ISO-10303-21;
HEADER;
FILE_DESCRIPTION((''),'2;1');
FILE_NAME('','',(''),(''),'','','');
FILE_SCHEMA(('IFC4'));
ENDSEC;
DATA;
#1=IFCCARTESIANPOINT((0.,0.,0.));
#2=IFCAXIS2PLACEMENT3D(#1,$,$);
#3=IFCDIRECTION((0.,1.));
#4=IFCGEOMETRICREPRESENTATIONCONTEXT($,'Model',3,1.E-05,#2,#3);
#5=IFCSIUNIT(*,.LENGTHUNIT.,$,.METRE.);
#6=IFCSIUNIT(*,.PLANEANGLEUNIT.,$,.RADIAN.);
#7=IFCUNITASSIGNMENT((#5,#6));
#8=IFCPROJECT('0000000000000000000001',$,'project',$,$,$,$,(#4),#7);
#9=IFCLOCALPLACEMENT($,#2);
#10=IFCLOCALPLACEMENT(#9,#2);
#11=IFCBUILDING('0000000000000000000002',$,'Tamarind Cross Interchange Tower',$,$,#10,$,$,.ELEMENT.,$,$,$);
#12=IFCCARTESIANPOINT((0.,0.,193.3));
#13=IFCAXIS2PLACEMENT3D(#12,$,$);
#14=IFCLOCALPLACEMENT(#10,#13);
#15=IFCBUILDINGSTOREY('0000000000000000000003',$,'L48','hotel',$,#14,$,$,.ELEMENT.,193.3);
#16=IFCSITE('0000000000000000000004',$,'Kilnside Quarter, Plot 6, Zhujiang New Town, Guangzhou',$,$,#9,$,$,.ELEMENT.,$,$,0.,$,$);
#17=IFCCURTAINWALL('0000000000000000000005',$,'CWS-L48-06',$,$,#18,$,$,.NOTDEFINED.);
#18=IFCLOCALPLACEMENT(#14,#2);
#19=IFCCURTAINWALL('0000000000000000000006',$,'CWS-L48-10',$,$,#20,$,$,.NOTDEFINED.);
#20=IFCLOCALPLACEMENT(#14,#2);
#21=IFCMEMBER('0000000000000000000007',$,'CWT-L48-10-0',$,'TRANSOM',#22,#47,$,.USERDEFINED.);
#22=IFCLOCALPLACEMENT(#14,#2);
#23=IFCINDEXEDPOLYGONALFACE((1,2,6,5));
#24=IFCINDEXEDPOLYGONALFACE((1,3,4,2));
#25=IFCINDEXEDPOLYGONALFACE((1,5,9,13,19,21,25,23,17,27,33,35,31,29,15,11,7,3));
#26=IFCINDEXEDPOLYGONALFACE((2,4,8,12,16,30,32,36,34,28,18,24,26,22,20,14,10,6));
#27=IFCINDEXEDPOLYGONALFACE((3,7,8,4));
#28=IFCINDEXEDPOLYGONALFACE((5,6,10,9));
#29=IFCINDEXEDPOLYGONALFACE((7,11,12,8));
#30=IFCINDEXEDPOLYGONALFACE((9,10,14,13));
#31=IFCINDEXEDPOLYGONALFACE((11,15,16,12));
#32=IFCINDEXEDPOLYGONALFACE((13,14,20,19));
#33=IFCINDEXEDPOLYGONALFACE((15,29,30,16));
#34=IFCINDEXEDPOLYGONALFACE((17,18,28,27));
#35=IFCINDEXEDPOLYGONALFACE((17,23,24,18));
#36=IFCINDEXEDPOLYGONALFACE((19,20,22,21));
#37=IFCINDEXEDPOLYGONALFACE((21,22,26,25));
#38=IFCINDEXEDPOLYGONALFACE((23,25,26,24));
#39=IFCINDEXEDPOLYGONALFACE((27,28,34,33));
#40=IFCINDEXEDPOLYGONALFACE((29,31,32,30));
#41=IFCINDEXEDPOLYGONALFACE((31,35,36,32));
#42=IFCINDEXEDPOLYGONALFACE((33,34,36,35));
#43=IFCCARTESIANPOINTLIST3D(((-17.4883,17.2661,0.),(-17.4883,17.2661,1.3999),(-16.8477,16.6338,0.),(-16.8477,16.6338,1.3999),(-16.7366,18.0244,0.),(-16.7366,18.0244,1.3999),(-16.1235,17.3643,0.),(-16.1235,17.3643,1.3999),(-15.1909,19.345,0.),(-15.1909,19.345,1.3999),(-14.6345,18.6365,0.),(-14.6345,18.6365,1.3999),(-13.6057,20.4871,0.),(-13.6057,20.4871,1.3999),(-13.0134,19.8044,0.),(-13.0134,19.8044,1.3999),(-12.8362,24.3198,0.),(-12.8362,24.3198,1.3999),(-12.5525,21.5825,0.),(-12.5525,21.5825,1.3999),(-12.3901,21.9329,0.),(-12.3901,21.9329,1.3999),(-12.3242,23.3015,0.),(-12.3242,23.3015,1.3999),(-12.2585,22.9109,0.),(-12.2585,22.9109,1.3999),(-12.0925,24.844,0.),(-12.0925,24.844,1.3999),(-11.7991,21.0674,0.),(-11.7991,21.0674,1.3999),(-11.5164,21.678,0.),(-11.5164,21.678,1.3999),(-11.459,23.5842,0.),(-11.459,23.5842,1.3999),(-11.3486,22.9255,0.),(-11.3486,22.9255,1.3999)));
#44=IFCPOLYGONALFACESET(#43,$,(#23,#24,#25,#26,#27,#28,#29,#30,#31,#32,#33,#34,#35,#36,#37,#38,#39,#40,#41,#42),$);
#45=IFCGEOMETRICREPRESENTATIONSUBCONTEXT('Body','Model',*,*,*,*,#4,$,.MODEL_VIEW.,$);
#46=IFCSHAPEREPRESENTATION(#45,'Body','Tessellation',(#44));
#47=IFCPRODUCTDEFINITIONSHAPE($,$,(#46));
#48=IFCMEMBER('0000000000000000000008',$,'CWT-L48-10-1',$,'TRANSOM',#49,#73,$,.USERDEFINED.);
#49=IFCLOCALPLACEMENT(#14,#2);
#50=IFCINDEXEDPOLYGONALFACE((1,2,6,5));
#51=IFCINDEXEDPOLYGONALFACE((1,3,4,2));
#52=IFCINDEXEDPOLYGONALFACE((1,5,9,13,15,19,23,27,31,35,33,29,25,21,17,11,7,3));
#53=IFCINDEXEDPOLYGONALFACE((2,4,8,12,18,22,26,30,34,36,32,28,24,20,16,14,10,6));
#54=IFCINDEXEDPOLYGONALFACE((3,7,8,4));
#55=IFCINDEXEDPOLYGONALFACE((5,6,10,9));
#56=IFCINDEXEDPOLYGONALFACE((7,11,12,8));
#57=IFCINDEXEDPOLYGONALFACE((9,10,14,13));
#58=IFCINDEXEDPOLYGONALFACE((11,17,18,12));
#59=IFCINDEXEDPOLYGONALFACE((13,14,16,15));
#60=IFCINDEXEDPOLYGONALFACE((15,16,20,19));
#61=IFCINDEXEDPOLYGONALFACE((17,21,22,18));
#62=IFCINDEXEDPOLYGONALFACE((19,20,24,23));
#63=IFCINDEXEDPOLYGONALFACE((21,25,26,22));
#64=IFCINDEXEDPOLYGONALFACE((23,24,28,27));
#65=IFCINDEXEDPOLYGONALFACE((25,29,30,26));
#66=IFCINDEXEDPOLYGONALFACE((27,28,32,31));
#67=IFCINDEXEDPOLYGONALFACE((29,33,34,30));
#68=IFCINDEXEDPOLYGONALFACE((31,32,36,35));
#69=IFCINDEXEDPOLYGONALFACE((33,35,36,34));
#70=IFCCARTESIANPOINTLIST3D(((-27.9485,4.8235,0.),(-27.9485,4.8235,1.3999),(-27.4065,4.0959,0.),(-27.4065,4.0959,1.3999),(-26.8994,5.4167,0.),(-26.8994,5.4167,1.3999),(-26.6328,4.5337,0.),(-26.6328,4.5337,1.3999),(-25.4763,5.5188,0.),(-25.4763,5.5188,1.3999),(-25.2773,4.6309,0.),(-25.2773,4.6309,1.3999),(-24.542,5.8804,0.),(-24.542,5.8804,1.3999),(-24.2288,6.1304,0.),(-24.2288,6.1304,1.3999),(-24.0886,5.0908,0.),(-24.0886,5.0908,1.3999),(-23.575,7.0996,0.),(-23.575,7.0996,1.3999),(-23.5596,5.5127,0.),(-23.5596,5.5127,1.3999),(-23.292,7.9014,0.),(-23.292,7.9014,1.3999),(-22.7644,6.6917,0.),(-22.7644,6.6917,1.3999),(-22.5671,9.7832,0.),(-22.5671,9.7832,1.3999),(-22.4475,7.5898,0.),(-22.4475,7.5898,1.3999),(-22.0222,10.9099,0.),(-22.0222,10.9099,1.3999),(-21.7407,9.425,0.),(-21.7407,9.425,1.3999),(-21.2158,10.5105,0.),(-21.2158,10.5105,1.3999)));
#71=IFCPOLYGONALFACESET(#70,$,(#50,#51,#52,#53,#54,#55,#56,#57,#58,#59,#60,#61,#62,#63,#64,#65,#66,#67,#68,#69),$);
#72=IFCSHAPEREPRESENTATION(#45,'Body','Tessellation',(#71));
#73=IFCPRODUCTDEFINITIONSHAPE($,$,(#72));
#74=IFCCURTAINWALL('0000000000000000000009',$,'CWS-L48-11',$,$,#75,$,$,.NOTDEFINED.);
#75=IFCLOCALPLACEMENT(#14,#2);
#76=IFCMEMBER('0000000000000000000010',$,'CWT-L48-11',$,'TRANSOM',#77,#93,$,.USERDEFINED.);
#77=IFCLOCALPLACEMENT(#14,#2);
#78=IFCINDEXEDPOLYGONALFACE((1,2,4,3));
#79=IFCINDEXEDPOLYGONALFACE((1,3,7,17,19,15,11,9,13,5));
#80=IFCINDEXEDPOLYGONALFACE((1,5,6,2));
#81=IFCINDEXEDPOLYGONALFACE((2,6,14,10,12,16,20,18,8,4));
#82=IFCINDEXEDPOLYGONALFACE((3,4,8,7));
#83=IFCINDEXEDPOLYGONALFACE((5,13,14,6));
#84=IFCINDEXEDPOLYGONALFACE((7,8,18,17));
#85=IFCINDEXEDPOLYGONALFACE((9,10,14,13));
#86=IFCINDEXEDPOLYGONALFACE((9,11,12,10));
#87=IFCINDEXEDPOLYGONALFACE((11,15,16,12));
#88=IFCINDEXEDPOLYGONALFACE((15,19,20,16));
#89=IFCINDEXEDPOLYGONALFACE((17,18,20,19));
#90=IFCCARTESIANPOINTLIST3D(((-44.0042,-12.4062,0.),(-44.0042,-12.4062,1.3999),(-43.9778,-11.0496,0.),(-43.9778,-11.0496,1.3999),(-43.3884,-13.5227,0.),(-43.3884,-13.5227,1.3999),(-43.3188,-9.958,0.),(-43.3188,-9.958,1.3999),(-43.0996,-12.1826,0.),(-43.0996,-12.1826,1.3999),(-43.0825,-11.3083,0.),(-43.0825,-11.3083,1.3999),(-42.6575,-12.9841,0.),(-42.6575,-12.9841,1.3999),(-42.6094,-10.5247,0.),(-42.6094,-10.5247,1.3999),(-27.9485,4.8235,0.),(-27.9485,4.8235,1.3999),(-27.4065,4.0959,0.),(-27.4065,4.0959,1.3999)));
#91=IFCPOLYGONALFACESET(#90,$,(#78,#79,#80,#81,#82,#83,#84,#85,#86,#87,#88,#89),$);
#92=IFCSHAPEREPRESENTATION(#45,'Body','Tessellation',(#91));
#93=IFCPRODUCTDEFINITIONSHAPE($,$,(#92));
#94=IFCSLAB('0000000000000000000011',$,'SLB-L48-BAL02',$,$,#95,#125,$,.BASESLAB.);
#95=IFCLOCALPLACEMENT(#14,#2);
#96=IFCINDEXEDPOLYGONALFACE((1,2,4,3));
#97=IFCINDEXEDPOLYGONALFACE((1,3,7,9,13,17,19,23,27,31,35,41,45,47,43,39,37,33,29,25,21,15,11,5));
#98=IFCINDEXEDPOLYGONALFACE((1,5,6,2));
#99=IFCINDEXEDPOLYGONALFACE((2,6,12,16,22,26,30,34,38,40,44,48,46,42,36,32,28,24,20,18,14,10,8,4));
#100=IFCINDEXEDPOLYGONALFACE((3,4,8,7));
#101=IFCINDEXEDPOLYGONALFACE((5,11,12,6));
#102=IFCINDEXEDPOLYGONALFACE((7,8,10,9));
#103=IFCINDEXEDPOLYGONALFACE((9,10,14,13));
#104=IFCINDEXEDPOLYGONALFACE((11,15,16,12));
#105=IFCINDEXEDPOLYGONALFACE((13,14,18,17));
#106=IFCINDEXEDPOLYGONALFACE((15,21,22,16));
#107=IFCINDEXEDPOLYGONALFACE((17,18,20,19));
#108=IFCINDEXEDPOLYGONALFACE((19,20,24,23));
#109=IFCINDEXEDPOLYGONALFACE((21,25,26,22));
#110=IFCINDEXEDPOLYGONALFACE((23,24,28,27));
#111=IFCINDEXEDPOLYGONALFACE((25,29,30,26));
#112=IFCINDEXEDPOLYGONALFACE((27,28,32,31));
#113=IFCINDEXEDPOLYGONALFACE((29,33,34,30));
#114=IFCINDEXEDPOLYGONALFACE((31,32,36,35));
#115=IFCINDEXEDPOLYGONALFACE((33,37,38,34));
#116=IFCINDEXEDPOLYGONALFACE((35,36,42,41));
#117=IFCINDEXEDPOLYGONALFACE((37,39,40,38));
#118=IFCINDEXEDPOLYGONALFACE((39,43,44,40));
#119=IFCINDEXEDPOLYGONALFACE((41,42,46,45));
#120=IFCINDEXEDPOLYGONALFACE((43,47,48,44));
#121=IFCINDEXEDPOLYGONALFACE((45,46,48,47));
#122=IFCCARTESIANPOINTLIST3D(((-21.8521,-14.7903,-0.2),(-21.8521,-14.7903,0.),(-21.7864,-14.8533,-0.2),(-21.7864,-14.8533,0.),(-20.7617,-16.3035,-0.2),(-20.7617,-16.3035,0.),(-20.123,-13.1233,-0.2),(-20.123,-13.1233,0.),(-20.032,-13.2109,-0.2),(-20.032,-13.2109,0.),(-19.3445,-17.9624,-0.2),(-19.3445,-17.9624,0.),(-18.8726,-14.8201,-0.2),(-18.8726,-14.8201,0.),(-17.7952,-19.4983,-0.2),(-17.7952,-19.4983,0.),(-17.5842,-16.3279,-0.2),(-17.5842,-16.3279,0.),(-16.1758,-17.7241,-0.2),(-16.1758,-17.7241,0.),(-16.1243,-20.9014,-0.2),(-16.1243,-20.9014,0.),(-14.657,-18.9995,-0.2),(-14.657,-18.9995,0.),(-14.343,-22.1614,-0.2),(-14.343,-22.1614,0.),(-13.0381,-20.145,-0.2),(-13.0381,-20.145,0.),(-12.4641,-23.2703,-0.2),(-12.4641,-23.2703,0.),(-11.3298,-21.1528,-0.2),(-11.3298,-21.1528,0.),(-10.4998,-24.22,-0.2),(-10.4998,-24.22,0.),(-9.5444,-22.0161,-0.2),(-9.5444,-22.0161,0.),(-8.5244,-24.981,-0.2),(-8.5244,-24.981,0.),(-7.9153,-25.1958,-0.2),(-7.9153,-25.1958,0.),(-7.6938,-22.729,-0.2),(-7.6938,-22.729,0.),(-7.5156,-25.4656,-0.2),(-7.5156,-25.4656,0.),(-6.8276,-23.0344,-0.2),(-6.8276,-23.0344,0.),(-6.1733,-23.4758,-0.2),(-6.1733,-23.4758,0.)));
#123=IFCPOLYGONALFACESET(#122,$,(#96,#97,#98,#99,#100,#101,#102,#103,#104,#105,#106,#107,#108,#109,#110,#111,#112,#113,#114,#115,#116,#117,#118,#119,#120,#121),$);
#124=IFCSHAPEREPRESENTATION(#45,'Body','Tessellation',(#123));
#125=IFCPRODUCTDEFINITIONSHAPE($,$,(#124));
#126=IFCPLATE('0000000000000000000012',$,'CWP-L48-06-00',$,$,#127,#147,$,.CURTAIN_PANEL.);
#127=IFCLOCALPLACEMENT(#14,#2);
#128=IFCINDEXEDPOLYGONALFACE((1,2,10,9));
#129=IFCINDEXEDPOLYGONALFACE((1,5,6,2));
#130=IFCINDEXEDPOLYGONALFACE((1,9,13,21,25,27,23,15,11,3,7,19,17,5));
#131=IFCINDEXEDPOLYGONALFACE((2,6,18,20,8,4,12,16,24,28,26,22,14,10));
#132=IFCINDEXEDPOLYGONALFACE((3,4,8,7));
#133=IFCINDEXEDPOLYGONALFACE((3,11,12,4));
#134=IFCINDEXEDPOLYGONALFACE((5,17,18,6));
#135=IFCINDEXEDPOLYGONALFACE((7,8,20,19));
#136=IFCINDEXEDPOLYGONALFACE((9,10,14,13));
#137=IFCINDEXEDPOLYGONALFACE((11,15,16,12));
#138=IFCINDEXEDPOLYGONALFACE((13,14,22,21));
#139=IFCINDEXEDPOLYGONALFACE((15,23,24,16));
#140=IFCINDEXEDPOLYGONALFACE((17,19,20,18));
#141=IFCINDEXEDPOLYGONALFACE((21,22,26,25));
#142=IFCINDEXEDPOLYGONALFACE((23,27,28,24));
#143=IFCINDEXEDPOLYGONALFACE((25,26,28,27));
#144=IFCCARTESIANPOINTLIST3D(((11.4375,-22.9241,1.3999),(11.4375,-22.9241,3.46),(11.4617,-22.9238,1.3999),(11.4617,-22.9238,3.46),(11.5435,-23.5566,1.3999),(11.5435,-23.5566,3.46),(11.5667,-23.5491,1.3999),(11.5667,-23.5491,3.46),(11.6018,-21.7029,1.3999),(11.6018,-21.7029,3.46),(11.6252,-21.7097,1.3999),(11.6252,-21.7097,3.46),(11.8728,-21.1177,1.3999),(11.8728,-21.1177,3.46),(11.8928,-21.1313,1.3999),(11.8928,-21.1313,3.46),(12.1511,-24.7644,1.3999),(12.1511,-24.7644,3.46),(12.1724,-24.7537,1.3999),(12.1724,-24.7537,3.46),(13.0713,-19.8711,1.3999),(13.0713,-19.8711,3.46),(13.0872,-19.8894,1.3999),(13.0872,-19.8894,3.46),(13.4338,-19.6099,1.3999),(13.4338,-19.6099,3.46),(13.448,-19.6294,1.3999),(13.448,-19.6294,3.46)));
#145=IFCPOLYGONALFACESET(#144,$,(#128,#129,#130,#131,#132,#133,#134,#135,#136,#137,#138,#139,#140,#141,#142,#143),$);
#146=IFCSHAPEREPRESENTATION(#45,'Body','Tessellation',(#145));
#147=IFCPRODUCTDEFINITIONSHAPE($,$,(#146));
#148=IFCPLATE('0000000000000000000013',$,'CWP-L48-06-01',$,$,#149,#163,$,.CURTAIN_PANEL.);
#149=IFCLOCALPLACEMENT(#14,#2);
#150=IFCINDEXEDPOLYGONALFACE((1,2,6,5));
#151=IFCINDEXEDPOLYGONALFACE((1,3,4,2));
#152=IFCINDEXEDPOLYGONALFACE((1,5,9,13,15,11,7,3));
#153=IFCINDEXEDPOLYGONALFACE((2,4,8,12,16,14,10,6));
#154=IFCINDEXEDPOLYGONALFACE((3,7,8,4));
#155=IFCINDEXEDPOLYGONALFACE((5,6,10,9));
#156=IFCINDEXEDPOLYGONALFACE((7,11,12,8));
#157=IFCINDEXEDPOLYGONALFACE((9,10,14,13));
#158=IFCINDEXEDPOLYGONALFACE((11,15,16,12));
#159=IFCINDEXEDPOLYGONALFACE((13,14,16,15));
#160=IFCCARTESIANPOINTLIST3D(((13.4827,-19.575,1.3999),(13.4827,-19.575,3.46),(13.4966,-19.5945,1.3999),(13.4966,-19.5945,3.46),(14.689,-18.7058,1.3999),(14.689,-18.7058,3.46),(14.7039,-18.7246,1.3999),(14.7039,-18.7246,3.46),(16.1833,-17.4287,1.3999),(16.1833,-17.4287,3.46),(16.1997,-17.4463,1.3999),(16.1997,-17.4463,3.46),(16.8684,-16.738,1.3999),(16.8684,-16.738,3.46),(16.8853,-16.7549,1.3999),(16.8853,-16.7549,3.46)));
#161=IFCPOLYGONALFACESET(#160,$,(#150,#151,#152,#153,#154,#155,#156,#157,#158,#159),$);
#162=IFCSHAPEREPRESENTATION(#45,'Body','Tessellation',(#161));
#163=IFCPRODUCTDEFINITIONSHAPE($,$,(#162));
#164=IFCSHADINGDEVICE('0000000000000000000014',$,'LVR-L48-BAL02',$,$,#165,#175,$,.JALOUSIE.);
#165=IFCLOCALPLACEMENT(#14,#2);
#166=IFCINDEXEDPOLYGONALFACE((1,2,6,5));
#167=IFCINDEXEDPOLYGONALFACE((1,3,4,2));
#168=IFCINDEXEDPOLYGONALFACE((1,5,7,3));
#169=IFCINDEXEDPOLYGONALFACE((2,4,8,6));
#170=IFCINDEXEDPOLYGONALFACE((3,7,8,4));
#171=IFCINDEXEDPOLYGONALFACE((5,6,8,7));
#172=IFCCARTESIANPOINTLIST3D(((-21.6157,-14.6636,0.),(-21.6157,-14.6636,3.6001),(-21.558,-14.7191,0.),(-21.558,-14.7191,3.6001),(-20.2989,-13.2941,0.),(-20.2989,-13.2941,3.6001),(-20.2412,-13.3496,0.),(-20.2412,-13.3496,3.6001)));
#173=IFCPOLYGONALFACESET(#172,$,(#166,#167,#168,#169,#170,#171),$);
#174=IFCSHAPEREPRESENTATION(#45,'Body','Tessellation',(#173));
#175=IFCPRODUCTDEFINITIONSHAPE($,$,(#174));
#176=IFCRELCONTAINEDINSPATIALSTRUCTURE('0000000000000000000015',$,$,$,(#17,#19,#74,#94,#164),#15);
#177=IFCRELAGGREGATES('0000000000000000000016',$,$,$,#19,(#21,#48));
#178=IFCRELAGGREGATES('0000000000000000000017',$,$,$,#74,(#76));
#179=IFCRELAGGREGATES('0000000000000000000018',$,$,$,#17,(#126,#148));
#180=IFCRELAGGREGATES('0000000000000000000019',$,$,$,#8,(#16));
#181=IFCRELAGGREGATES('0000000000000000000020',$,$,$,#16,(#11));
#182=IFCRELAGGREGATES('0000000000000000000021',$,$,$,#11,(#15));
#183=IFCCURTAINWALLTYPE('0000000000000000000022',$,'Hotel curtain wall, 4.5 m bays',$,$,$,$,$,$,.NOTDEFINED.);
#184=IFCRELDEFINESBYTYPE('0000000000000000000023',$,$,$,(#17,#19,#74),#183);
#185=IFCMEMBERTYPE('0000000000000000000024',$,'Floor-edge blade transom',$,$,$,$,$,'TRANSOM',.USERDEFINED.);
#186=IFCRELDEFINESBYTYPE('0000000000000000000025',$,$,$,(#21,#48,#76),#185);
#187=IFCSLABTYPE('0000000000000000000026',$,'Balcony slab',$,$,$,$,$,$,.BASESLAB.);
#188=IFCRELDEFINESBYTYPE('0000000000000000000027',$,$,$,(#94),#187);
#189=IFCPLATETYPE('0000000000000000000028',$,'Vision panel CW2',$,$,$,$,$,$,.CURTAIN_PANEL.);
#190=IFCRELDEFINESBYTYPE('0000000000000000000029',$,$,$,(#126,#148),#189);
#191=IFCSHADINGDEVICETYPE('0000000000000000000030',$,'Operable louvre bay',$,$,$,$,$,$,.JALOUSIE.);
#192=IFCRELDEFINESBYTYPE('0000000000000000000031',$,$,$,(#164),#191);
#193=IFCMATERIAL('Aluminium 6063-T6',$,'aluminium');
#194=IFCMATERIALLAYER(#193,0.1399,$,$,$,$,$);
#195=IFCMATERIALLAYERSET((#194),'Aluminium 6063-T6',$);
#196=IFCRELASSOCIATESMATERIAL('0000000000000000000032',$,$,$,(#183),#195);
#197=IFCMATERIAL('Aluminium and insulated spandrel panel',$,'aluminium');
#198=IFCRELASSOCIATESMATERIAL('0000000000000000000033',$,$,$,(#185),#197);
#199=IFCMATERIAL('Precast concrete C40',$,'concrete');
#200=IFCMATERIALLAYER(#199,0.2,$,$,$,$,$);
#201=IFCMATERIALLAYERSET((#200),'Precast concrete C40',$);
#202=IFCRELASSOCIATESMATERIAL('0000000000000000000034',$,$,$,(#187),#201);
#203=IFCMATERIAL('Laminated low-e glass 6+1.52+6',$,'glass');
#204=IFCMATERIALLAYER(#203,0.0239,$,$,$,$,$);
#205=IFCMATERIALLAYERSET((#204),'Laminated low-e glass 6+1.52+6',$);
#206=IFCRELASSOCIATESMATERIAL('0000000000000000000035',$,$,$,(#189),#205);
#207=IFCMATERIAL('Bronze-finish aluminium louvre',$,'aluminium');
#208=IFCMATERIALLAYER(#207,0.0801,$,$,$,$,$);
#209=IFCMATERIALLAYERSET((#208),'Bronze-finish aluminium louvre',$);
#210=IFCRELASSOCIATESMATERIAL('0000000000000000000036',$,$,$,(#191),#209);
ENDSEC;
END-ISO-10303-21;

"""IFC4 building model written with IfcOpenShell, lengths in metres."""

from ifc_helpers import new_model, si_unit, direction, frame, origin, origin_2d, place, context, subcontext, project, spatial, polyline, rectangle, outline, extrude, material, layer, layer_set, type_object, element, aggregate, save


model = new_model("IFC4")

# Units and contexts
model_context = context("Model", 3, precision=1e-05, world=origin(), true_north=direction((0.0, 1.0)))
body_context = subcontext(model_context, "Body", "Model", "MODEL_VIEW")
ifc_project = project(units=[si_unit("LENGTHUNIT", "METRE"), si_unit("PLANEANGLEUNIT", "RADIAN")], contexts=[model_context])

# Site, building, storey
site_placement = place(None, origin())
site = spatial("IfcSite", under=ifc_project, at=site_placement, Name="Kilnside Quarter, Plot 6, Zhujiang New Town, Guangzhou", CompositionType="ELEMENT", RefElevation=0.0)
building_placement = place(site_placement, origin())
building = spatial("IfcBuilding", under=site, at=building_placement, Name="Tamarind Cross Interchange Tower", CompositionType="ELEMENT")
storey_placement = place(building_placement, frame((0.0, 0.0, 193.3)))
storey = spatial("IfcBuildingStorey", under=building, at=storey_placement, Name="L48", Description="hotel", CompositionType="ELEMENT", Elevation=193.3)

# Shared definitions
ifc_material_1 = material(Name="Aluminium 6063-T6", Category="aluminium")
ifc_layer_1 = layer(ifc_material_1, 0.1399)
ifc_layer_set_1 = layer_set([ifc_layer_1], Name="Aluminium 6063-T6")
curtain_wall_type = type_object("IfcCurtainWallType", Name="Hotel curtain wall, 4.5 m bays", PredefinedType="NOTDEFINED", material=ifc_layer_set_1)
ifc_material_2 = material(Name="Aluminium and insulated spandrel panel", Category="aluminium")
member_type = type_object("IfcMemberType", Name="Floor-edge blade transom", ElementType="TRANSOM", PredefinedType="USERDEFINED", material=ifc_material_2)

# Curtain wall
curtain_wall_1_placement = place(storey_placement, origin())
curtain_wall_1 = element("IfcCurtainWall", 1, at=curtain_wall_1_placement, inside=storey, type_object=curtain_wall_type, Name="CWS-L48-06", PredefinedType="NOTDEFINED")

# Curtain wall, members
curtain_wall_2_placement = place(storey_placement, origin())
curtain_wall_2 = element("IfcCurtainWall", 2, at=curtain_wall_2_placement, inside=storey, type_object=curtain_wall_type, Name="CWS-L48-10", PredefinedType="NOTDEFINED")
member_1_placement = place(storey_placement, origin())
member_1 = element("IfcMember", 3, at=member_1_placement, type_object=member_type, Name="CWT-L48-10-0", ObjectType="TRANSOM", PredefinedType="USERDEFINED", context=body_context, shape_type="SweptSolid", body=[
    extrude(outline(polyline([(-12.0925, 24.844), (-11.459, 23.5842), (-11.3486, 22.9255), (-11.5164, 21.678), (-11.7991, 21.0674), (-13.0134, 19.8044), (-14.6345, 18.6365), (-16.1235, 17.3643), (-16.8477, 16.6338), (-17.4883, 17.2661), (-16.7366, 18.0244), (-15.1909, 19.345), (-13.6057, 20.4871), (-12.5525, 21.5825), (-12.3901, 21.9329), (-12.2585, 22.9109), (-12.3242, 23.3015), (-12.8362, 24.3198), (-12.0925, 24.844)])), origin(), (0.0, 0.0, 1.0), 1.3999),
])
member_2_placement = place(storey_placement, origin())
member_2 = element("IfcMember", 4, at=member_2_placement, type_object=member_type, Name="CWT-L48-10-1", ObjectType="TRANSOM", PredefinedType="USERDEFINED", context=body_context, shape_type="SweptSolid", body=[
    extrude(outline(polyline([(-21.2158, 10.5105), (-21.7407, 9.425), (-22.4475, 7.5898), (-22.7644, 6.6917), (-23.5596, 5.5127), (-24.0886, 5.0908), (-25.2773, 4.6309), (-26.6328, 4.5337), (-27.4065, 4.0959), (-27.9485, 4.8235), (-26.8994, 5.4167), (-25.4763, 5.5188), (-24.542, 5.8804), (-24.2288, 6.1304), (-23.575, 7.0996), (-23.292, 7.9014), (-22.5671, 9.7832), (-22.0222, 10.9099), (-21.2158, 10.5105)])), origin(), (0.0, 0.0, 1.0), 1.3999),
])
aggregate(curtain_wall_2, [member_1, member_2])

# Curtain wall, member
curtain_wall_3_placement = place(storey_placement, origin())
curtain_wall_3 = element("IfcCurtainWall", 5, at=curtain_wall_3_placement, inside=storey, type_object=curtain_wall_type, Name="CWS-L48-11", PredefinedType="NOTDEFINED")
member_3_placement = place(storey_placement, origin())
member_3 = element("IfcMember", 6, at=member_3_placement, type_object=member_type, Name="CWT-L48-11", ObjectType="TRANSOM", PredefinedType="USERDEFINED", context=body_context, shape_type="SweptSolid", body=[
    extrude(outline(polyline([(-27.4065, 4.0959), (-42.6094, -10.5247), (-43.0825, -11.3083), (-43.0996, -12.1826), (-42.6575, -12.9841), (-43.3884, -13.5227), (-44.0042, -12.4062), (-43.9778, -11.0496), (-43.3188, -9.958), (-27.9485, 4.8235), (-27.4065, 4.0959)])), origin(), (0.0, 0.0, 1.0), 1.3999),
])
aggregate(curtain_wall_3, [member_3])

# Slab
ifc_material_3 = material(Name="Precast concrete C40", Category="concrete")
ifc_layer_2 = layer(ifc_material_3, 0.2)
ifc_layer_set_2 = layer_set([ifc_layer_2], Name="Precast concrete C40")
slab_type = type_object("IfcSlabType", Name="Balcony slab", PredefinedType="BASESLAB", material=ifc_layer_set_2)
slab_placement = place(storey_placement, frame((0.0, 0.0, -0.2)))
element("IfcSlab", 7, at=slab_placement, inside=storey, type_object=slab_type, Name="SLB-L48-BAL02", PredefinedType="BASESLAB", context=body_context, shape_type="SweptSolid", body=[
    extrude(outline(polyline([(-20.123, -13.1233), (-20.032, -13.2109), (-18.8726, -14.8201), (-17.5842, -16.3279), (-16.1758, -17.7241), (-14.657, -18.9995), (-13.0381, -20.145), (-11.3298, -21.1528), (-9.5444, -22.0161), (-7.6938, -22.729), (-6.8276, -23.0344), (-6.1733, -23.4758), (-7.5156, -25.4656), (-7.9153, -25.1958), (-8.5244, -24.981), (-10.4998, -24.22), (-12.4641, -23.2703), (-14.343, -22.1614), (-16.1243, -20.9014), (-17.7952, -19.4983), (-19.3445, -17.9624), (-20.7617, -16.3035), (-21.8521, -14.7903), (-21.7864, -14.8533), (-20.123, -13.1233)])), origin(), (0.0, 0.0, 1.0), 0.2),
])

# Plates
ifc_material_4 = material(Name="Laminated low-e glass 6+1.52+6", Category="glass")
ifc_layer_3 = layer(ifc_material_4, 0.0239)
ifc_layer_set_3 = layer_set([ifc_layer_3], Name="Laminated low-e glass 6+1.52+6")
plate_type = type_object("IfcPlateType", Name="Vision panel CW2", PredefinedType="CURTAIN_PANEL", material=ifc_layer_set_3)
plate_1_placement = place(storey_placement, frame((0.0, 0.0, 1.3999)))
plate_1 = element("IfcPlate", 8, at=plate_1_placement, type_object=plate_type, Name="CWP-L48-06-00", PredefinedType="CURTAIN_PANEL", context=body_context, shape_type="SweptSolid", body=[
    extrude(outline(polyline([(12.1511, -24.7644), (11.5435, -23.5566), (11.4375, -22.9241), (11.6018, -21.7029), (11.8728, -21.1177), (13.0713, -19.8711), (13.4338, -19.6099), (13.448, -19.6294), (13.0872, -19.8894), (11.8928, -21.1313), (11.6252, -21.7097), (11.4617, -22.9238), (11.5667, -23.5491), (12.1724, -24.7537), (12.1511, -24.7644)])), origin(), (0.0, 0.0, 1.0), 2.0601),
])
plate_2_placement = place(storey_placement, frame((0.0, 0.0, 1.3999)))
plate_2 = element("IfcPlate", 9, at=plate_2_placement, type_object=plate_type, Name="CWP-L48-06-01", PredefinedType="CURTAIN_PANEL", context=body_context, shape_type="SweptSolid", body=[
    extrude(outline(polyline([(13.4827, -19.575), (14.689, -18.7058), (16.1833, -17.4287), (16.8684, -16.738), (16.8853, -16.7549), (16.1997, -17.4463), (14.7039, -18.7246), (13.4966, -19.5945), (13.4827, -19.575)])), origin(), (0.0, 0.0, 1.0), 2.0601),
])
aggregate(curtain_wall_1, [plate_1, plate_2])

# Shading device
ifc_material_5 = material(Name="Bronze-finish aluminium louvre", Category="aluminium")
ifc_layer_4 = layer(ifc_material_5, 0.0801)
ifc_layer_set_4 = layer_set([ifc_layer_4], Name="Bronze-finish aluminium louvre")
shading_device_type = type_object("IfcShadingDeviceType", Name="Operable louvre bay", PredefinedType="JALOUSIE", material=ifc_layer_set_4)
shading_device_placement = place(storey_placement, origin())
element("IfcShadingDevice", 10, at=shading_device_placement, inside=storey, type_object=shading_device_type, Name="LVR-L48-BAL02", PredefinedType="JALOUSIE", context=body_context, shape_type="SweptSolid", body=[
    extrude(rectangle(XDim=1.8999, YDim=0.0801, at=origin_2d()), frame((-20.9285, -14.0066, 0.0), z_axis=(0.0, 0.0, 1.0), x_axis=(-0.693084, -0.720856, 0.0)), (0.0, 0.0, 1.0), 3.6001),
])

save(model, "model.ifc")
